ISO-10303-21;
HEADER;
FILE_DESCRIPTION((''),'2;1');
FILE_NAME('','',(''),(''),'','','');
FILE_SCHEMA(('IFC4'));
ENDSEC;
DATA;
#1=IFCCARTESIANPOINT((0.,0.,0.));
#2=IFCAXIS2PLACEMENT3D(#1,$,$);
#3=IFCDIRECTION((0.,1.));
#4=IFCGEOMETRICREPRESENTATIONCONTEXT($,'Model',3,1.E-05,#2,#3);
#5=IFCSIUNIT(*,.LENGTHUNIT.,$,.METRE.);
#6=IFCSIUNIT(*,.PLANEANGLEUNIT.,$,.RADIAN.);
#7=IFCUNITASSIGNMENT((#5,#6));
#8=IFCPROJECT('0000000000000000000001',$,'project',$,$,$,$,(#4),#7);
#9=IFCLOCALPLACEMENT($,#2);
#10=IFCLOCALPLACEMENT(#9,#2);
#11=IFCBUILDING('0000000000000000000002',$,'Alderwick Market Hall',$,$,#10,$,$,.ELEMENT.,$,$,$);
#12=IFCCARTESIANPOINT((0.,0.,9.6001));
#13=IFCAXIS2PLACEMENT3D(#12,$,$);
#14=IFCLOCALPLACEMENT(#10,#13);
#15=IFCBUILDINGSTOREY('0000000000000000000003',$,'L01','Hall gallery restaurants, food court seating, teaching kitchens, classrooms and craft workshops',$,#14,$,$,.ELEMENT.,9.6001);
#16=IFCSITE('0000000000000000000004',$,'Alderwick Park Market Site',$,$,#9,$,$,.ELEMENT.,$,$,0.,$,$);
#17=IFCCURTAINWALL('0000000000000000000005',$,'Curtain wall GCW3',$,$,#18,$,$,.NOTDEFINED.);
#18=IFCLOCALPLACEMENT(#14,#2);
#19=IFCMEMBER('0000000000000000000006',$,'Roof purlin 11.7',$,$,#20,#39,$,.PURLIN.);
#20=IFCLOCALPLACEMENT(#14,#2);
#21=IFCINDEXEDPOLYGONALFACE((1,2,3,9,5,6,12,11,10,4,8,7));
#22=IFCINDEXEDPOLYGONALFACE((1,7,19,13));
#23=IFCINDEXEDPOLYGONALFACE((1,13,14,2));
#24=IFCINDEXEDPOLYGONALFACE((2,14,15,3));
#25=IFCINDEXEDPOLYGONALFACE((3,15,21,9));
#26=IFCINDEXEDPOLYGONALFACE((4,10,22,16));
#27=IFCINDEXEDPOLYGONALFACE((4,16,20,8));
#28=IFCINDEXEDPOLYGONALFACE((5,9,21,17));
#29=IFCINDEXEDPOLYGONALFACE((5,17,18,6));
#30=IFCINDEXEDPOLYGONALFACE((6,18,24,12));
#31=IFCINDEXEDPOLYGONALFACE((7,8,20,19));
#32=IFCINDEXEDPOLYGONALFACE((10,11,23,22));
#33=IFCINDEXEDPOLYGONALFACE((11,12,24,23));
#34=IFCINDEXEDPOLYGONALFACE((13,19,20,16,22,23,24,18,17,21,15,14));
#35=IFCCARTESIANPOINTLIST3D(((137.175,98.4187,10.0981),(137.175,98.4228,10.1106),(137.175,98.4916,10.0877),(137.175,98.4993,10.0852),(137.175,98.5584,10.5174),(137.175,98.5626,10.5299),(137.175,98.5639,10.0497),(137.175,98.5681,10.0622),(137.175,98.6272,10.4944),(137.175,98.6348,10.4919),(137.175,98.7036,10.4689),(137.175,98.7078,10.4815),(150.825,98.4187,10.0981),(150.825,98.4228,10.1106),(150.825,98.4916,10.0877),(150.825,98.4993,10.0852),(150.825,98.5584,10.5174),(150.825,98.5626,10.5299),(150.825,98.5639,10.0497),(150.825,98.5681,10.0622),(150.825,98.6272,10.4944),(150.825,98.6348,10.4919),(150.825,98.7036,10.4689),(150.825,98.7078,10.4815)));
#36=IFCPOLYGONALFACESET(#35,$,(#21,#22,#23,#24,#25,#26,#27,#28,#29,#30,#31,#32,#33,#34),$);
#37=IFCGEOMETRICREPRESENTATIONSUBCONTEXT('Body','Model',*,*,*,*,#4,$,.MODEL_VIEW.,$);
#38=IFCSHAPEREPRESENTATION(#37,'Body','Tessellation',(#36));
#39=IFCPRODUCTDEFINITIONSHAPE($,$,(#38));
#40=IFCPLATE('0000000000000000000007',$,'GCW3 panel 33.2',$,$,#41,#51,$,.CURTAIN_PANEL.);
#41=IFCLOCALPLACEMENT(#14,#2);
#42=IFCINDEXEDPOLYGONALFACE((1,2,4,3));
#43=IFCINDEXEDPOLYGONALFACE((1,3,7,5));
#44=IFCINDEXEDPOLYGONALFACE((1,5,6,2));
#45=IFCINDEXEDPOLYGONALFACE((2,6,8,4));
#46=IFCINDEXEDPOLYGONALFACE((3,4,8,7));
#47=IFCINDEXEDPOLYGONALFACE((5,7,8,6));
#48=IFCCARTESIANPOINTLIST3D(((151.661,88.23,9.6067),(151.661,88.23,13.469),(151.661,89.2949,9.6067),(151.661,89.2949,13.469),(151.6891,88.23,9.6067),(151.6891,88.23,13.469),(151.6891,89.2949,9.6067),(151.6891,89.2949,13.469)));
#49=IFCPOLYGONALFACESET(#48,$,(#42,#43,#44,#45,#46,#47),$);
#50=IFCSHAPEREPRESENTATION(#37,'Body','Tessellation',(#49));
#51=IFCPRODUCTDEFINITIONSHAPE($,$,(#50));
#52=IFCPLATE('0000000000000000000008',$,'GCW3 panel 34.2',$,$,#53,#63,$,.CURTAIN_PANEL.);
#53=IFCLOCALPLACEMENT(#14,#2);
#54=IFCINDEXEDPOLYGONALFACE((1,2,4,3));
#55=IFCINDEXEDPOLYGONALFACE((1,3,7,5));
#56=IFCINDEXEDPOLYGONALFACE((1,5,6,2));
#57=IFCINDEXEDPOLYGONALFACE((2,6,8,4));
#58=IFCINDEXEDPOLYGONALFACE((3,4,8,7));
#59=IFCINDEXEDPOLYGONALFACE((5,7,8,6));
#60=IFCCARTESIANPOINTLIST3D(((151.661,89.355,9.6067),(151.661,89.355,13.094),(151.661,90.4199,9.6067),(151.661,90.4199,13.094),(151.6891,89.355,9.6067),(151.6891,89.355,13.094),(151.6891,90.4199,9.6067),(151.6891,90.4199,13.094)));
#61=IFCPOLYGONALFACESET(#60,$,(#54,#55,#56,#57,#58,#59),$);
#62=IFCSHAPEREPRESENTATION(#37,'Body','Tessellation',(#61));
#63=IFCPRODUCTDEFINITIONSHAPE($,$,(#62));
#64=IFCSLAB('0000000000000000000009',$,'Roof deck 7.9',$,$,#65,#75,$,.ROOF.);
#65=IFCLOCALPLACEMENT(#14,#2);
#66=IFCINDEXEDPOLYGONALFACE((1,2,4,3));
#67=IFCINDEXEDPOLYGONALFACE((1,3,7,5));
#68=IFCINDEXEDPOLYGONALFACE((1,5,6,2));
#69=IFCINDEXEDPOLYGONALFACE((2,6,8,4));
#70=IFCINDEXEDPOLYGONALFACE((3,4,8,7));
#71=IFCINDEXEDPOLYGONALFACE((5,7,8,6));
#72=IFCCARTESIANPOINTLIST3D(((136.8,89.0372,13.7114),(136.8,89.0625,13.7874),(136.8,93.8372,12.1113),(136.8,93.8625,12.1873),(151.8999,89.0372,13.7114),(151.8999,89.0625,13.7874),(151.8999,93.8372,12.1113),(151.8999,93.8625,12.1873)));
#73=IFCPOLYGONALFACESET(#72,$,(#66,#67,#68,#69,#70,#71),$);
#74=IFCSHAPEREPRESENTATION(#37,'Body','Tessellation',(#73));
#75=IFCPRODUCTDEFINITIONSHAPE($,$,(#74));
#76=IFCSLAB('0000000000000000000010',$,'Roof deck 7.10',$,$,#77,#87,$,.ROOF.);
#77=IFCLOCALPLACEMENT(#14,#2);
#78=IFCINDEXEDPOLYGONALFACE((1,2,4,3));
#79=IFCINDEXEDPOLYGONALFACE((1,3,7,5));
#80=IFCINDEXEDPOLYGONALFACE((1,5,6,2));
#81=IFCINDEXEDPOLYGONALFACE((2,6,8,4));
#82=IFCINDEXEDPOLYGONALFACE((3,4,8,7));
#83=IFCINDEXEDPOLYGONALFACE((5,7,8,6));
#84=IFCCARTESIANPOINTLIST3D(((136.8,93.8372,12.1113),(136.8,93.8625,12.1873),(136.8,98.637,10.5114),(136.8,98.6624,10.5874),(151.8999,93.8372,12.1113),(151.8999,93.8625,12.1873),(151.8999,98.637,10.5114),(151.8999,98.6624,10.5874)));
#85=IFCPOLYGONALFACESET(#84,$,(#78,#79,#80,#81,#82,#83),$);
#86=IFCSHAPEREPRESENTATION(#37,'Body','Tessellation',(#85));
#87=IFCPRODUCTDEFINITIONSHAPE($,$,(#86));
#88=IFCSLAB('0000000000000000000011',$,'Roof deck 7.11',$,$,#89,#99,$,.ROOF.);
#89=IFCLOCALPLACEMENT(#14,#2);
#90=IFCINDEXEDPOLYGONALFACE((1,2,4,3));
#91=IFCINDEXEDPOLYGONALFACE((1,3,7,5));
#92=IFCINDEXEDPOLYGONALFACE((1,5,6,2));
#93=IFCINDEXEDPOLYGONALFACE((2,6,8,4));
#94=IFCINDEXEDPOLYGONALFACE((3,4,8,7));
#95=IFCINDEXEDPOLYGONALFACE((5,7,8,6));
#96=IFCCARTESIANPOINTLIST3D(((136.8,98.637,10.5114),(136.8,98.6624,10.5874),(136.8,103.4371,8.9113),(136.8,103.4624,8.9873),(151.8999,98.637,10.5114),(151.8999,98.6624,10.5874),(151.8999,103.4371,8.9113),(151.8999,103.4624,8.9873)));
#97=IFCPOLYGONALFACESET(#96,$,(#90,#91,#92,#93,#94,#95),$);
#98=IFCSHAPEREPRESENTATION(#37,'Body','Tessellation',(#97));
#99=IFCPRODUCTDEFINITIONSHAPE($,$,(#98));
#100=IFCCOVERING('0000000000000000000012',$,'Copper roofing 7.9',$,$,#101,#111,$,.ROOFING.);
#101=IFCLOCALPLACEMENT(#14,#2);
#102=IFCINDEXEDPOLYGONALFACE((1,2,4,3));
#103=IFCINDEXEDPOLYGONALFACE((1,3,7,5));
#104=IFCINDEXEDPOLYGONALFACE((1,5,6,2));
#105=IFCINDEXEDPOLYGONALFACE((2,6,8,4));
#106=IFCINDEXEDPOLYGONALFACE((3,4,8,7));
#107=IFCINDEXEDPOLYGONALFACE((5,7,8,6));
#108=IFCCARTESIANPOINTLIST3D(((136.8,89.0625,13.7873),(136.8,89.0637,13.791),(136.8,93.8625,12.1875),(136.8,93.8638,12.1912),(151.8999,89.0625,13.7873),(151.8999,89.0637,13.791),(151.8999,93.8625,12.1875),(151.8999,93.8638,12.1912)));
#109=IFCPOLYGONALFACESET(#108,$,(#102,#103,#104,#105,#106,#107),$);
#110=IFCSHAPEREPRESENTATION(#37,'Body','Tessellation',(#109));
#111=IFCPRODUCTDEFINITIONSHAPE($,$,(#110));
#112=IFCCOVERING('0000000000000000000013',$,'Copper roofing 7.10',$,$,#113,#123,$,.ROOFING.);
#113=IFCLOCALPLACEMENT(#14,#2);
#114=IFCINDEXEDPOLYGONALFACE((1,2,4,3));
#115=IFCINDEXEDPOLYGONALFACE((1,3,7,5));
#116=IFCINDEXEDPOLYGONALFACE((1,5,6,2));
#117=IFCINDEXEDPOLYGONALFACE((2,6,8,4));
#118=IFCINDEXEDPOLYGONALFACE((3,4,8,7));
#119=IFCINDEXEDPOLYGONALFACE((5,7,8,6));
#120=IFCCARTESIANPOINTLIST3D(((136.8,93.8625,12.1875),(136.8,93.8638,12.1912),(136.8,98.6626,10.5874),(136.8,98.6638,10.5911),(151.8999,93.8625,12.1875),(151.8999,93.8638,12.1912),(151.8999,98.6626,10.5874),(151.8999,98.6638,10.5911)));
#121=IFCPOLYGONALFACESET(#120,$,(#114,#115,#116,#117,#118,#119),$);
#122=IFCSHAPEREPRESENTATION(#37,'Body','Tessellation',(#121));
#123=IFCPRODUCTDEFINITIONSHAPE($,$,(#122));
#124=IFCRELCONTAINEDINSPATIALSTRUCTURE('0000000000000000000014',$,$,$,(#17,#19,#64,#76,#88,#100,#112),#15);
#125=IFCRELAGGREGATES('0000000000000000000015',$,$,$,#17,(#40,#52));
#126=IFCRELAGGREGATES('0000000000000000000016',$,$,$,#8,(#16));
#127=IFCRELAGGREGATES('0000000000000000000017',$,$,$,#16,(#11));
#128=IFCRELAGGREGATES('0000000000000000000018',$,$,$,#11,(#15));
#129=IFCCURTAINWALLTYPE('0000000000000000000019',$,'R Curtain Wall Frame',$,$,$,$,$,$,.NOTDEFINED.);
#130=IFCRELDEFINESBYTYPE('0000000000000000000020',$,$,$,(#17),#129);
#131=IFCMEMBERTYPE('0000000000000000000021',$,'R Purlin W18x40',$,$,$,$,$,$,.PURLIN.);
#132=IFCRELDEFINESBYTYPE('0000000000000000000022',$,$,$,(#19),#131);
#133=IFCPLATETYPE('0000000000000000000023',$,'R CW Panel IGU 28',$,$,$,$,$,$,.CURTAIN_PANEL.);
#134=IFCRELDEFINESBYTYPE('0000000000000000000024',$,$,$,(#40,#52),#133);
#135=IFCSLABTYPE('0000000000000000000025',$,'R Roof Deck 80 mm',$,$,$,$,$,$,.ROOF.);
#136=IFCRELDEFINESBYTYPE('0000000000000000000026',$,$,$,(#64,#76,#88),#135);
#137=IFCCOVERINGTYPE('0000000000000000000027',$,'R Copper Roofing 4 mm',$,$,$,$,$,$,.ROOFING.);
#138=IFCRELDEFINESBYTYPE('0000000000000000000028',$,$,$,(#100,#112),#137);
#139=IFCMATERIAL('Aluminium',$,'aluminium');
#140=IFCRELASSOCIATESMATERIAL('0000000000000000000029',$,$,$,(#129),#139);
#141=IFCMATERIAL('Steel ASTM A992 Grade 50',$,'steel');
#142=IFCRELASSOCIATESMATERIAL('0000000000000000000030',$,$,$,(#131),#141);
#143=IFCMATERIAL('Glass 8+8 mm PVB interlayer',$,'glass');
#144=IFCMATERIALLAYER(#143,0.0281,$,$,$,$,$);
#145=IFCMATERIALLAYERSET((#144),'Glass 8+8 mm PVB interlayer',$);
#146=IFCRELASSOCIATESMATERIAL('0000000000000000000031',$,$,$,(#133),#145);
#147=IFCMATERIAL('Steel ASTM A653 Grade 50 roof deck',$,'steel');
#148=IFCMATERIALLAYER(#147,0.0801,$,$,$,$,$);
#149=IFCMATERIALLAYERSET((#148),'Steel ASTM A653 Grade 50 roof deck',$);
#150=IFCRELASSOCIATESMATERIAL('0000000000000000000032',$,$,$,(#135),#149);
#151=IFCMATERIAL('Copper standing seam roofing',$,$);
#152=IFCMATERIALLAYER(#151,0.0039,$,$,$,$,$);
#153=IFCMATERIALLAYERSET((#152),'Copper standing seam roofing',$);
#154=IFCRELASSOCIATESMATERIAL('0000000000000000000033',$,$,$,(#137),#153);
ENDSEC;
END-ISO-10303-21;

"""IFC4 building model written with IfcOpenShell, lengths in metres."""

from ifc_helpers import new_model, si_unit, direction, frame, origin, origin_2d, place, context, subcontext, project, spatial, polyline, rectangle, i_section, outline, extrude, material, layer, layer_set, material_profile, profile_set, type_object, element, aggregate, save


model = new_model("IFC4")

# Units and contexts
model_context = context("Model", 3, precision=1e-05, world=origin(), true_north=direction((0.0, 1.0)))
body_context = subcontext(model_context, "Body", "Model", "MODEL_VIEW")
ifc_project = project(units=[si_unit("LENGTHUNIT", "METRE"), si_unit("PLANEANGLEUNIT", "RADIAN")], contexts=[model_context])

# Site, building, storey
site_placement = place(None, origin())
site = spatial("IfcSite", under=ifc_project, at=site_placement, Name="Alderwick Park Market Site", CompositionType="ELEMENT", RefElevation=0.0)
building_placement = place(site_placement, origin())
building = spatial("IfcBuilding", under=site, at=building_placement, Name="Alderwick Market Hall", CompositionType="ELEMENT")
storey_placement = place(building_placement, frame((0.0, 0.0, 9.6001)))
storey = spatial("IfcBuildingStorey", under=building, at=storey_placement, Name="L01", Description="Hall gallery restaurants, food court seating, teaching kitchens, classrooms and craft workshops", CompositionType="ELEMENT", Elevation=9.6001)

# Curtain wall
ifc_material_1 = material(Name="Aluminium", Category="aluminium")
curtain_wall_type = type_object("IfcCurtainWallType", Name="R Curtain Wall Frame", PredefinedType="NOTDEFINED", material=ifc_material_1)
curtain_wall_placement = place(storey_placement, origin())
curtain_wall = element("IfcCurtainWall", 1, at=curtain_wall_placement, inside=storey, type_object=curtain_wall_type, Name="Curtain wall GCW3", PredefinedType="NOTDEFINED")

# Member
ifc_material_2 = material(Name="Steel ASTM A992 Grade 50", Category="steel")
ifc_material_profile_1 = material_profile(ifc_material_2, i_section(OverallWidth=0.1531, OverallDepth=0.4551, WebThickness=0.0081, FlangeThickness=0.0132, at=origin_2d()), Name="W18x40")
ifc_profile_set_1 = profile_set([ifc_material_profile_1], Name="Steel ASTM A992 Grade 50")
member_type_1 = type_object("IfcMemberType", Name="R Purlin W18x40", PredefinedType="PURLIN", material=ifc_profile_set_1)
for number, where, z_axis, x_axis, name in (
    (2, (137.175, 98.5632, 10.2898), (1.0, 0.0, 0.0), (0.0, 0.948683, -0.316228), "Roof purlin 11.7"),
):
    element("IfcMember", number, at=place(storey_placement, frame(where, z_axis=z_axis, x_axis=x_axis)), inside=storey, type_object=member_type_1, Name=name, PredefinedType="PURLIN", context=body_context, shape_type="SweptSolid", body=[
        extrude(i_section(OverallWidth=0.1531, OverallDepth=0.4551, WebThickness=0.0081, FlangeThickness=0.0132, at=origin_2d()), origin(), (0.0, 0.0, 1.0), 13.6499),
    ])

# Plates
ifc_material_3 = material(Name="Glass 8+8 mm PVB interlayer", Category="glass")
ifc_layer_1 = layer(ifc_material_3, 0.0281)
ifc_layer_set_1 = layer_set([ifc_layer_1], Name="Glass 8+8 mm PVB interlayer")
plate_type = type_object("IfcPlateType", Name="R CW Panel IGU 28", PredefinedType="CURTAIN_PANEL", material=ifc_layer_set_1)
plate_1_placement = place(storey_placement, frame((151.675, 88.7625, 9.6067), z_axis=(0.0, 0.0, 1.0), x_axis=(1.0, 0.0, 0.0)))
plate_1 = element("IfcPlate", 3, at=plate_1_placement, type_object=plate_type, Name="GCW3 panel 33.2", PredefinedType="CURTAIN_PANEL", context=body_context, shape_type="SweptSolid", body=[
    extrude(rectangle(XDim=0.0281, YDim=1.0649, at=origin_2d()), origin(), (0.0, 0.0, 1.0), 3.8623),
])
plate_2_placement = place(storey_placement, frame((151.675, 89.8875, 9.6067), z_axis=(0.0, 0.0, 1.0), x_axis=(1.0, 0.0, 0.0)))
plate_2 = element("IfcPlate", 4, at=plate_2_placement, type_object=plate_type, Name="GCW3 panel 34.2", PredefinedType="CURTAIN_PANEL", context=body_context, shape_type="SweptSolid", body=[
    extrude(rectangle(XDim=0.0281, YDim=1.0649, at=origin_2d()), origin(), (0.0, 0.0, 1.0), 3.4873),
])
aggregate(curtain_wall, [plate_1, plate_2])

# Slabs
ifc_material_4 = material(Name="Steel ASTM A653 Grade 50 roof deck", Category="steel")
ifc_layer_2 = layer(ifc_material_4, 0.0801)
ifc_layer_set_2 = layer_set([ifc_layer_2], Name="Steel ASTM A653 Grade 50 roof deck")
slab_type = type_object("IfcSlabType", Name="R Roof Deck 80 mm", PredefinedType="ROOF", material=ifc_layer_set_2)
slab_1_placement = place(storey_placement, frame((136.8, 89.0625, 13.7874), z_axis=(0.0, 0.316242, 0.948678), x_axis=(1.0, 0.0, 0.0)))
element("IfcSlab", 5, at=slab_1_placement, inside=storey, type_object=slab_type, Name="Roof deck 7.9", PredefinedType="ROOF", context=body_context, shape_type="SweptSolid", body=[
    extrude(outline(polyline([(0.0, 0.0), (15.0999, 0.0), (15.0999, 5.0597), (0.0, 5.0597), (0.0, 0.0)])), origin(), (0.0, 0.0, -1.0), 0.0801),
])
slab_2_placement = place(storey_placement, frame((136.8, 93.8625, 12.1873), z_axis=(0.0, 0.316213, 0.948688), x_axis=(1.0, 0.0, 0.0)))
element("IfcSlab", 6, at=slab_2_placement, inside=storey, type_object=slab_type, Name="Roof deck 7.10", PredefinedType="ROOF", context=body_context, shape_type="SweptSolid", body=[
    extrude(outline(polyline([(0.0, 0.0), (15.0999, 0.0), (15.0999, 5.0594), (0.0, 5.0594), (0.0, 0.0)])), origin(), (0.0, 0.0, -1.0), 0.0801),
])
slab_3_placement = place(storey_placement, frame((136.8, 98.6624, 10.5874), z_axis=(0.0, 0.316242, 0.948678), x_axis=(1.0, 0.0, 0.0)))
element("IfcSlab", 7, at=slab_3_placement, inside=storey, type_object=slab_type, Name="Roof deck 7.11", PredefinedType="ROOF", context=body_context, shape_type="SweptSolid", body=[
    extrude(outline(polyline([(0.0, 0.0), (15.0999, 0.0), (15.0999, 5.0597), (0.0, 5.0597), (0.0, 0.0)])), origin(), (0.0, 0.0, -1.0), 0.0801),
])

# Coverings
ifc_material_5 = material(Name="Copper standing seam roofing")
ifc_layer_3 = layer(ifc_material_5, 0.0039)
ifc_layer_set_3 = layer_set([ifc_layer_3], Name="Copper standing seam roofing")
covering_type = type_object("IfcCoveringType", Name="R Copper Roofing 4 mm", PredefinedType="ROOFING", material=ifc_layer_set_3)
covering_1_placement = place(storey_placement, frame((136.8, 89.0637, 13.791), z_axis=(0.0, 0.316199, 0.948693), x_axis=(1.0, 0.0, 0.0)))
element("IfcCovering", 8, at=covering_1_placement, inside=storey, type_object=covering_type, Name="Copper roofing 7.9", PredefinedType="ROOFING", context=body_context, shape_type="SweptSolid", body=[
    extrude(outline(polyline([(0.0, 0.0), (15.0999, 0.0), (15.0999, 5.0596), (0.0, 5.0596), (0.0, 0.0)])), origin(), (0.0, 0.0, -1.0), 0.0039),
])
covering_2_placement = place(storey_placement, frame((136.8, 93.8638, 12.1912), z_axis=(0.0, 0.316242, 0.948678), x_axis=(1.0, 0.0, 0.0)))
element("IfcCovering", 9, at=covering_2_placement, inside=storey, type_object=covering_type, Name="Copper roofing 7.10", PredefinedType="ROOFING", context=body_context, shape_type="SweptSolid", body=[
    extrude(outline(polyline([(0.0, 0.0), (15.0999, 0.0), (15.0999, 5.0597), (0.0, 5.0597), (0.0, 0.0)])), origin(), (0.0, 0.0, -1.0), 0.0039),
])

save(model, "model.ifc")
